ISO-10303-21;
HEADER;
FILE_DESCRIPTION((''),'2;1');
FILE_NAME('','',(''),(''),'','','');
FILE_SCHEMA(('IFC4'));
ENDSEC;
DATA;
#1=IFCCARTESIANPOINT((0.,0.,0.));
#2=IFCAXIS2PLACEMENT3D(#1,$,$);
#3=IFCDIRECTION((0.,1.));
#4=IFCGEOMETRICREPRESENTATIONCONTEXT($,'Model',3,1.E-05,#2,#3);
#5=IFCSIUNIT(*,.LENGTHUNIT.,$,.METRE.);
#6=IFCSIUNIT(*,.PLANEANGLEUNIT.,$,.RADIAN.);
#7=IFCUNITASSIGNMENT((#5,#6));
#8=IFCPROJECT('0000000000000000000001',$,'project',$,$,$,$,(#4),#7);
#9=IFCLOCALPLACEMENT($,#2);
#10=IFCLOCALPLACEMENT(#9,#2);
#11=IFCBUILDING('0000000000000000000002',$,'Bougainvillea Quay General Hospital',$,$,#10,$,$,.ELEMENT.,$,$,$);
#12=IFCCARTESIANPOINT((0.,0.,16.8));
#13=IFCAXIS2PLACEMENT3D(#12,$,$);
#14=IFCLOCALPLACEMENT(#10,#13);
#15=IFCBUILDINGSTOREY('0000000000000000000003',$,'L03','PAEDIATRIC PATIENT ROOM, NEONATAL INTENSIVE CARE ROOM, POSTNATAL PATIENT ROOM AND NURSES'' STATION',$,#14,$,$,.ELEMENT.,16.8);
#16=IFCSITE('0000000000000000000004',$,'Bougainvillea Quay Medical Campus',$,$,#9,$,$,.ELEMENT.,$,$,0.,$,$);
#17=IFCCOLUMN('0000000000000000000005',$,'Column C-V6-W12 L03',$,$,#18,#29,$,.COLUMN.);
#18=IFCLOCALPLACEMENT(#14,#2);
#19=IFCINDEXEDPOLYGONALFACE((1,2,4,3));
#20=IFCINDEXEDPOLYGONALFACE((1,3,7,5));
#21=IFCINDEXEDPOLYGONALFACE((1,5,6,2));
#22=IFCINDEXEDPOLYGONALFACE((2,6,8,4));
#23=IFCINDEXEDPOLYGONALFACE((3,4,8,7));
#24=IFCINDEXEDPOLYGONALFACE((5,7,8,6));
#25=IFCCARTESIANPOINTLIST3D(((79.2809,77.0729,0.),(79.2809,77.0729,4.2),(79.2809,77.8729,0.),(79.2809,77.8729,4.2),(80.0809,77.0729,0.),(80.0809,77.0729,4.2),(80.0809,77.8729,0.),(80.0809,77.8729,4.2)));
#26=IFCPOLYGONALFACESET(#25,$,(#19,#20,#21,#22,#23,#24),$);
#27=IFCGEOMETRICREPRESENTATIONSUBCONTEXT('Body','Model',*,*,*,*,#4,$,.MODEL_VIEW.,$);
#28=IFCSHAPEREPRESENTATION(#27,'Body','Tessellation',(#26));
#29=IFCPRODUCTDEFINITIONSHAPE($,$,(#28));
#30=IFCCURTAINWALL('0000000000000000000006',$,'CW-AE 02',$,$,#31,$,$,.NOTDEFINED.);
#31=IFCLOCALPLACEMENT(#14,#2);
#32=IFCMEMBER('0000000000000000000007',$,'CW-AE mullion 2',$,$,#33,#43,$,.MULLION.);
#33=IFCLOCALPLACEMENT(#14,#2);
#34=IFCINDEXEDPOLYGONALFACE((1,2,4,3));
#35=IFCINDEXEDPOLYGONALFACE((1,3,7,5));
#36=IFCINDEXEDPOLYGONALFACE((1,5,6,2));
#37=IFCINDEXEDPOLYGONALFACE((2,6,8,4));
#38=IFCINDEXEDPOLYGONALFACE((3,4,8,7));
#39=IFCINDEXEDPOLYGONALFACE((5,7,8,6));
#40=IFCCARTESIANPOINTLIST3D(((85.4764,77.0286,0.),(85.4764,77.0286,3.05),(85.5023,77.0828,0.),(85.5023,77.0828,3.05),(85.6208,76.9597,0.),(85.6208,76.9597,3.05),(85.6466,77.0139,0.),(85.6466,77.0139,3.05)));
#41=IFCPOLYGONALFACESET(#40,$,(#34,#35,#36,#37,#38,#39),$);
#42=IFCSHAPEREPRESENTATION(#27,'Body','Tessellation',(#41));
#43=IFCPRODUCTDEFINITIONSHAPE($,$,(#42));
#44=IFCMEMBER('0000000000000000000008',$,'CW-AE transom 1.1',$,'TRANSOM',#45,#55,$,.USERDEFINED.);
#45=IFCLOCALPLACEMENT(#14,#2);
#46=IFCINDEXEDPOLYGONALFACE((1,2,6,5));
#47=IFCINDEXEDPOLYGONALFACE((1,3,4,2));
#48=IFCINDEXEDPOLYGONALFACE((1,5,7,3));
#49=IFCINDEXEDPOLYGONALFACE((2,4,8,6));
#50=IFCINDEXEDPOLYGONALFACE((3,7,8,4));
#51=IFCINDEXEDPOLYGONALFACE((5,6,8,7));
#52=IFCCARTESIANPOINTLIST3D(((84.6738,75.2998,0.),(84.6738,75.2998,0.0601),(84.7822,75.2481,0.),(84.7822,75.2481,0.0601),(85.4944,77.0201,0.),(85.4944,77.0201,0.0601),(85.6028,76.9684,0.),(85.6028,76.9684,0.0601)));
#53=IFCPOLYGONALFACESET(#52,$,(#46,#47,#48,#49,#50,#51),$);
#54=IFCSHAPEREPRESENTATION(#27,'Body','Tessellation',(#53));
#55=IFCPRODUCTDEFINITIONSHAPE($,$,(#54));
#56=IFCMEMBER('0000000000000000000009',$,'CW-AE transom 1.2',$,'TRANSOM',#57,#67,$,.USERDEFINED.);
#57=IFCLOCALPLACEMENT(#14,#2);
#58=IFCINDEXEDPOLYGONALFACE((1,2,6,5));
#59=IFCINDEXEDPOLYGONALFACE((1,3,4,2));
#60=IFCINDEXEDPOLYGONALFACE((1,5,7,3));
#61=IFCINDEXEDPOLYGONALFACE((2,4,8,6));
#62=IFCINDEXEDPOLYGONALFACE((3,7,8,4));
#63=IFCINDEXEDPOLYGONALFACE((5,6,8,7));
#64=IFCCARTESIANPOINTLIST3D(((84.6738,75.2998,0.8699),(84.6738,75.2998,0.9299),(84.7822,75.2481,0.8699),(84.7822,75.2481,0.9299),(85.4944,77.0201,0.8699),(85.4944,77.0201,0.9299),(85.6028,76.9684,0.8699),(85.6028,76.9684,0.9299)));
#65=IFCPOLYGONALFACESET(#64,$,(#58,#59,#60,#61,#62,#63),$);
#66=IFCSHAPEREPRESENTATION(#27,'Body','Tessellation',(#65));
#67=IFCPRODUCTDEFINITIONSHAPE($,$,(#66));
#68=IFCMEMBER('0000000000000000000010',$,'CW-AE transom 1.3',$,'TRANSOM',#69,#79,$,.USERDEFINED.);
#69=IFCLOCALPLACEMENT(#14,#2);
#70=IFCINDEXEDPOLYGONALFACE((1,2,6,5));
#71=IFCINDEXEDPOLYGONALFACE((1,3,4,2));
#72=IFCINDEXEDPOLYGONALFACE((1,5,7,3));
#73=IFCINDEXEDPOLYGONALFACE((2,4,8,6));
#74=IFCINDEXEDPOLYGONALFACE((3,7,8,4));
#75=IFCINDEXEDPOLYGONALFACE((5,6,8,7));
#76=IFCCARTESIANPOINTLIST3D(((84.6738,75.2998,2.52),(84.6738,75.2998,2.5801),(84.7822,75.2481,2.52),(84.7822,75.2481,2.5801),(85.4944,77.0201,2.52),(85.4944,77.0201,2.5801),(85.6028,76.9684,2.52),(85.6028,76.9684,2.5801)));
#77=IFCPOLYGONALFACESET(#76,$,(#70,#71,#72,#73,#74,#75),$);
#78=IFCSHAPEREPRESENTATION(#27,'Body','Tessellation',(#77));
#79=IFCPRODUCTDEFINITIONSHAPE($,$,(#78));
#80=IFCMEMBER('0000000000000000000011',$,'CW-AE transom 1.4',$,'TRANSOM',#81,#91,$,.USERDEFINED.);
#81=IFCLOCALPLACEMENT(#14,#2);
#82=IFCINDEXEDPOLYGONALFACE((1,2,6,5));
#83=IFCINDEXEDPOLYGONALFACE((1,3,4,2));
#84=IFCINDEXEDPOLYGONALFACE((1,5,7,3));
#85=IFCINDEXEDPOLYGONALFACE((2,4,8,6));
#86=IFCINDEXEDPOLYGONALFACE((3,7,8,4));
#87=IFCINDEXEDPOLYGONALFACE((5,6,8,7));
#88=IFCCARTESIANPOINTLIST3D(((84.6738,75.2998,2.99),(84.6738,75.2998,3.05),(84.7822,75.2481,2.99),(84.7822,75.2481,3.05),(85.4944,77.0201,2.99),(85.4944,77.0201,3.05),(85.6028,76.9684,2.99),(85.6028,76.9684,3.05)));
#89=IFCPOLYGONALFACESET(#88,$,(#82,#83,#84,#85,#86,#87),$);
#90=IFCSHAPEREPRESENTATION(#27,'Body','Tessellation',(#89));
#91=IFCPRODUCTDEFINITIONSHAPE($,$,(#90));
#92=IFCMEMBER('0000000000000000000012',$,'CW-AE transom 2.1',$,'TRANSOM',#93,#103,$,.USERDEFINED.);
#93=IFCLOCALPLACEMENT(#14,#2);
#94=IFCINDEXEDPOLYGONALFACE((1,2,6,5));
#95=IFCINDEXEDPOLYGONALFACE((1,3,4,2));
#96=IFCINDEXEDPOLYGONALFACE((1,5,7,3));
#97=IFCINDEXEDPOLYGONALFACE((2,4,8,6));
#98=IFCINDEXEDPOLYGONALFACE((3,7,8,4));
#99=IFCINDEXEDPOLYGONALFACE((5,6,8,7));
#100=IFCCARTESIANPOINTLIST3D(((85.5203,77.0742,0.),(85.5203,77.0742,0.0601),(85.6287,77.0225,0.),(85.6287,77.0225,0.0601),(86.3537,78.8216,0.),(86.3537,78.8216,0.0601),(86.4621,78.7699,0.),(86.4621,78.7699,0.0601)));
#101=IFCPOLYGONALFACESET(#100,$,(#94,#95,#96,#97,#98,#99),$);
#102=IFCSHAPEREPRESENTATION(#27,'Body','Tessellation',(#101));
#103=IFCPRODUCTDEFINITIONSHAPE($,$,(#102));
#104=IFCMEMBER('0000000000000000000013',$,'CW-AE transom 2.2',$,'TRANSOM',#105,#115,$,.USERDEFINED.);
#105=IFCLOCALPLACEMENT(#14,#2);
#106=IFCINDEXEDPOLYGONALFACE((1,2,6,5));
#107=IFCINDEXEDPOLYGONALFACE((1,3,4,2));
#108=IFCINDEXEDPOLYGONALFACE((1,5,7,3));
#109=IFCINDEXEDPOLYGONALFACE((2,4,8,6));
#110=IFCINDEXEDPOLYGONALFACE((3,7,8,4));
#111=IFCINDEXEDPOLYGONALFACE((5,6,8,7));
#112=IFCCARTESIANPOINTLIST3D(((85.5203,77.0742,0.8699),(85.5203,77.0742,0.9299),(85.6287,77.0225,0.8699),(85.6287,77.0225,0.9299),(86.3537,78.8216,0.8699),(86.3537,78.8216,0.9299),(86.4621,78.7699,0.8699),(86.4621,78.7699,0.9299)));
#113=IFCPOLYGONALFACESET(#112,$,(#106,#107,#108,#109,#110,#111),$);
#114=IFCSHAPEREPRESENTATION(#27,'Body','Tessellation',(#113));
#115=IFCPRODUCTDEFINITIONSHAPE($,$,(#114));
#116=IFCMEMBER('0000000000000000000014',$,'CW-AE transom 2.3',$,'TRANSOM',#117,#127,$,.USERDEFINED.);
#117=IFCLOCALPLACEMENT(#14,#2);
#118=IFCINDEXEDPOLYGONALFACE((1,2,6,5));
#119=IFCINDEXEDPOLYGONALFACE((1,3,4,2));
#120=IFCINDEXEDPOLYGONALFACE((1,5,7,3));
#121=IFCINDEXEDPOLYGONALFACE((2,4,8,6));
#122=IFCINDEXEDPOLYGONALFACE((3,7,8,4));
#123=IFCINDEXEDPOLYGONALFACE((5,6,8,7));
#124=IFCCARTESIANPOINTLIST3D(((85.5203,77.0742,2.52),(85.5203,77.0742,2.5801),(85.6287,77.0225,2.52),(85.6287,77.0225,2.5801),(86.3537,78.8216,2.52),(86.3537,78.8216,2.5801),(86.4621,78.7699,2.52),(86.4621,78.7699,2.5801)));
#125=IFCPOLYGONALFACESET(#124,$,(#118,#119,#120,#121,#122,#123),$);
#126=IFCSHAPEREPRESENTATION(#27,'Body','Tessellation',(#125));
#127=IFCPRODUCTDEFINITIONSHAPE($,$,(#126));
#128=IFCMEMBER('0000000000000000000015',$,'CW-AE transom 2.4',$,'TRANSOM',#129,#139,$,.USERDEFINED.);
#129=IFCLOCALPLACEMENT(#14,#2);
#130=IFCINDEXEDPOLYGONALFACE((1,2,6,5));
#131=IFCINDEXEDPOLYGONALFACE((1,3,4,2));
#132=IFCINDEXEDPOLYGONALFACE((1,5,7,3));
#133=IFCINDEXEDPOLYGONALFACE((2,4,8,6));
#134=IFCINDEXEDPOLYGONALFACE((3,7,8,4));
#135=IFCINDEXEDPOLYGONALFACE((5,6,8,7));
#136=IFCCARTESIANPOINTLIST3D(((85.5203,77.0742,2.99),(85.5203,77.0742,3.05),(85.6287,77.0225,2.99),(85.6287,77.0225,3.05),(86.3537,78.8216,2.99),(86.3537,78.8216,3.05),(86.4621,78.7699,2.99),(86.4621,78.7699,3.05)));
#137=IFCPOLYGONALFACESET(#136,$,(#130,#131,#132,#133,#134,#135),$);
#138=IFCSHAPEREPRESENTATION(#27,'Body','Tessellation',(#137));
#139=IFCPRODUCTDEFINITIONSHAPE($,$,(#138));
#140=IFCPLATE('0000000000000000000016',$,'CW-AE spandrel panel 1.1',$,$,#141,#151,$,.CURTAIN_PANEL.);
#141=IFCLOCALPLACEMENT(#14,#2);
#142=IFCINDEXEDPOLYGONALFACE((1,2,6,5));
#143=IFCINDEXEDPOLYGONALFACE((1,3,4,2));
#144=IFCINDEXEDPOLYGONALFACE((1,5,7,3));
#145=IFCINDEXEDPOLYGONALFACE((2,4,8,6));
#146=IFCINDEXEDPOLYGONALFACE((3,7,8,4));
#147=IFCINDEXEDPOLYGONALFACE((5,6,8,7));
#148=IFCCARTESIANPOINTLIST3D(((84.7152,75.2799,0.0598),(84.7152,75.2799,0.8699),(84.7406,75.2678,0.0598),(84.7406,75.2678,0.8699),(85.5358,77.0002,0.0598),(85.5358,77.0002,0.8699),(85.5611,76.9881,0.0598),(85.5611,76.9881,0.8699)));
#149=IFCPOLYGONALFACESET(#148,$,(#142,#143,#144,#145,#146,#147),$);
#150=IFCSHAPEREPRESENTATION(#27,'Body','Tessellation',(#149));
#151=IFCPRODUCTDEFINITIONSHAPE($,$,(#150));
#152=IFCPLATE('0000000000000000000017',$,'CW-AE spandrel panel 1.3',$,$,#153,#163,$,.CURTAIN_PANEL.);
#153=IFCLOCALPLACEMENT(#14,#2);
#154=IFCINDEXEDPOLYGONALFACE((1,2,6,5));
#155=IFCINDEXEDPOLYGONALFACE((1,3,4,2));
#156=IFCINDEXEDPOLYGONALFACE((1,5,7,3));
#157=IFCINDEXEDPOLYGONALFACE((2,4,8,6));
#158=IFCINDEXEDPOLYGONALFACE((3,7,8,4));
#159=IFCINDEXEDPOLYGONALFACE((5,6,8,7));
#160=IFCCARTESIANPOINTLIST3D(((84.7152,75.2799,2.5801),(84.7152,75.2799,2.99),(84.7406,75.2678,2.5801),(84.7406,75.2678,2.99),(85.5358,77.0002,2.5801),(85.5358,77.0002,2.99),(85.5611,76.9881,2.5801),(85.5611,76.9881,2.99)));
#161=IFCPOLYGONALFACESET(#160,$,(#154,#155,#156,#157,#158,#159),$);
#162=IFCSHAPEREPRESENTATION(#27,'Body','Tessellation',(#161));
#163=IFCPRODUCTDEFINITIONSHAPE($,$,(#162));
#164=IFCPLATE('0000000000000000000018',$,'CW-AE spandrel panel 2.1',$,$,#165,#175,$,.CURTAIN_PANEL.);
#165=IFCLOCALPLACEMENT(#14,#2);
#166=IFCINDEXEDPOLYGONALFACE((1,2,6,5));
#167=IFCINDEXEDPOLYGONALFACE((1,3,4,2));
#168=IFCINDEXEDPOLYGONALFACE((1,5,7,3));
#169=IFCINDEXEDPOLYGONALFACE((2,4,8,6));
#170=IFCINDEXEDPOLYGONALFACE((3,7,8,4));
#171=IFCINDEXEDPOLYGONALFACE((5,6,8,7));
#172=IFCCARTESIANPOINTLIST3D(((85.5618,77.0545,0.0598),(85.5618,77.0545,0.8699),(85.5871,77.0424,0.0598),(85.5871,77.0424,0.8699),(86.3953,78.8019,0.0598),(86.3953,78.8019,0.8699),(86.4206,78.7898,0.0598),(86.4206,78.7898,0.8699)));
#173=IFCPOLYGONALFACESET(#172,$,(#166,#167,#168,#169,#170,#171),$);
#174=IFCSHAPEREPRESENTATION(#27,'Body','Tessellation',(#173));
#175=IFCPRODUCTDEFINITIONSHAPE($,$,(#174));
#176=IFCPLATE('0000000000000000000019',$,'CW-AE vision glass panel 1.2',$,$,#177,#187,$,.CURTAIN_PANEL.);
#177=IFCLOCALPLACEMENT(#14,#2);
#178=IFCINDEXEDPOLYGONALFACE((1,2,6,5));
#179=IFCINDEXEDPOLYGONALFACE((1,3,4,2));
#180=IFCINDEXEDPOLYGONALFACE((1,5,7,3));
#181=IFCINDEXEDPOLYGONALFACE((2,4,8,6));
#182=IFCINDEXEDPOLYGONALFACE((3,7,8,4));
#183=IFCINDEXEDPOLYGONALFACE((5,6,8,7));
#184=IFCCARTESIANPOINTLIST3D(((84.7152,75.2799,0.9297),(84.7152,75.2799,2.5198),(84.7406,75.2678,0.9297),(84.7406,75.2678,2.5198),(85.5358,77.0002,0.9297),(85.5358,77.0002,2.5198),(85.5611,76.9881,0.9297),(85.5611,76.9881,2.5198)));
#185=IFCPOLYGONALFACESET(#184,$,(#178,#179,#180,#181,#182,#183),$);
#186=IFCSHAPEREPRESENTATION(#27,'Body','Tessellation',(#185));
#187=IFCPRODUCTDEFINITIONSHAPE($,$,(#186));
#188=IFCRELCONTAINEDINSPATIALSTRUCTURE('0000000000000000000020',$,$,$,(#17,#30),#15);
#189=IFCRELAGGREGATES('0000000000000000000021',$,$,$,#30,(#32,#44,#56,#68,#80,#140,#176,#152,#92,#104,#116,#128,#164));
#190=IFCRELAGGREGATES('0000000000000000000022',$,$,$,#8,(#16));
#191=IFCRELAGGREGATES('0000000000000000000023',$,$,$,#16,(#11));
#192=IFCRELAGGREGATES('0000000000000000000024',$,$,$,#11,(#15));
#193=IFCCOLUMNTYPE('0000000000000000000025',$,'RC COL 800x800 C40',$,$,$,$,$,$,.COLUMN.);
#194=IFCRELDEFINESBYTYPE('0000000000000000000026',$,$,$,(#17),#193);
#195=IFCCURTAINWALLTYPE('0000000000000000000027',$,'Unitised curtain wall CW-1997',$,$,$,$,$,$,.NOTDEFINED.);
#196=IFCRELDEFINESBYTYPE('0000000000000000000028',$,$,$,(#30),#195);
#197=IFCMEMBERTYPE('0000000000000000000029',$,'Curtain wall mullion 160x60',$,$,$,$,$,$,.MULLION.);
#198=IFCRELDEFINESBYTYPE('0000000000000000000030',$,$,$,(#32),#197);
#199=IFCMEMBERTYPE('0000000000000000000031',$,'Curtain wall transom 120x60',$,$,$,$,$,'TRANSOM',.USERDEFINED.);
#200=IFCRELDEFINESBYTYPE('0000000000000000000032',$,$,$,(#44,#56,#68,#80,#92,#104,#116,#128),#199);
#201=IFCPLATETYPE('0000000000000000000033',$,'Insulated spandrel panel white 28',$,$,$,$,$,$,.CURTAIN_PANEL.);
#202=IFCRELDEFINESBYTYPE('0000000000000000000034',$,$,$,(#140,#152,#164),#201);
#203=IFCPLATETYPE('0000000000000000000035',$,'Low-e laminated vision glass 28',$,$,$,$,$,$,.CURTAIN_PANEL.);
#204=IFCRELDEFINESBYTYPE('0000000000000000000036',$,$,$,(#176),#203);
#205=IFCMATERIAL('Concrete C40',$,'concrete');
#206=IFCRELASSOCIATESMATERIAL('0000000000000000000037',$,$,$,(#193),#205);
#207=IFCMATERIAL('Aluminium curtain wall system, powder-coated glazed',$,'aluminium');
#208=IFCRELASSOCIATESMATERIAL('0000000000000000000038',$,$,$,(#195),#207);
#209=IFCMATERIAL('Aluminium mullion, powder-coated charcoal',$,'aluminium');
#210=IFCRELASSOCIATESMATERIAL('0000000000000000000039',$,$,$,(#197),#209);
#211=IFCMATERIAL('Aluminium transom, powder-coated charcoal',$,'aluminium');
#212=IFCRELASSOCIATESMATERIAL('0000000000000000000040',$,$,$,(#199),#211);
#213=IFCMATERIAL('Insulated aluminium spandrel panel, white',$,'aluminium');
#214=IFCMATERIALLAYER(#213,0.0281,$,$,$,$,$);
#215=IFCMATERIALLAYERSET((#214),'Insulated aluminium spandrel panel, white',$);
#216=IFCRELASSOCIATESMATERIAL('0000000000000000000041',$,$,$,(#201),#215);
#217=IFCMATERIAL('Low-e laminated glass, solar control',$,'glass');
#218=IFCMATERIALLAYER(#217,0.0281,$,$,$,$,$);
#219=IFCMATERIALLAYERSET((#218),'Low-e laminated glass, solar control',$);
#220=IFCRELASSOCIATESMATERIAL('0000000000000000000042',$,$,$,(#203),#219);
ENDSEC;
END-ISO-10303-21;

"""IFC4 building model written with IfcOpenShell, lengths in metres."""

from ifc_helpers import new_model, si_unit, direction, frame, origin, origin_2d, place, context, subcontext, project, spatial, rectangle, extrude, material, layer, layer_set, material_profile, profile_set, type_object, element, aggregate, save


model = new_model("IFC4")

# Units and contexts
model_context = context("Model", 3, precision=1e-05, world=origin(), true_north=direction((0.0, 1.0)))
body_context = subcontext(model_context, "Body", "Model", "MODEL_VIEW")
ifc_project = project(units=[si_unit("LENGTHUNIT", "METRE"), si_unit("PLANEANGLEUNIT", "RADIAN")], contexts=[model_context])

# Site, building, storey
site_placement = place(None, origin())
site = spatial("IfcSite", under=ifc_project, at=site_placement, Name="Bougainvillea Quay Medical Campus", CompositionType="ELEMENT", RefElevation=0.0)
building_placement = place(site_placement, origin())
building = spatial("IfcBuilding", under=site, at=building_placement, Name="Bougainvillea Quay General Hospital", CompositionType="ELEMENT")
storey_placement = place(building_placement, frame((0.0, 0.0, 16.8)))
storey = spatial("IfcBuildingStorey", under=building, at=storey_placement, Name="L03", Description="PAEDIATRIC PATIENT ROOM, NEONATAL INTENSIVE CARE ROOM, POSTNATAL PATIENT ROOM AND NURSES' STATION", CompositionType="ELEMENT", Elevation=16.8)

# Column
ifc_material_1 = material(Name="Concrete C40", Category="concrete")
ifc_material_profile_1 = material_profile(ifc_material_1, rectangle(XDim=0.8, YDim=0.8, at=origin_2d()))
ifc_profile_set_1 = profile_set([ifc_material_profile_1], Name="Concrete C40")
column_type = type_object("IfcColumnType", Name="RC COL 800x800 C40", PredefinedType="COLUMN", material=ifc_profile_set_1)
column_placement = place(storey_placement, frame((79.6809, 77.4729, 0.0), z_axis=(0.0, 0.0, 1.0), x_axis=(1.0, 0.0, 0.0)))
element("IfcColumn", 1, at=column_placement, inside=storey, type_object=column_type, Name="Column C-V6-W12 L03", PredefinedType="COLUMN", context=body_context, shape_type="SweptSolid", body=[
    extrude(rectangle(XDim=0.8, YDim=0.8, at=origin_2d()), origin(), (0.0, 0.0, 1.0), 4.2),
])

# Curtain wall, members, plates
ifc_material_2 = material(Name="Aluminium curtain wall system, powder-coated glazed", Category="aluminium")
curtain_wall_type = type_object("IfcCurtainWallType", Name="Unitised curtain wall CW-1997", PredefinedType="NOTDEFINED", material=ifc_material_2)
curtain_wall_placement = place(storey_placement, origin())
curtain_wall = element("IfcCurtainWall", 2, at=curtain_wall_placement, inside=storey, type_object=curtain_wall_type, Name="CW-AE 02", PredefinedType="NOTDEFINED")
ifc_material_3 = material(Name="Aluminium mullion, powder-coated charcoal", Category="aluminium")
ifc_material_profile_2 = material_profile(ifc_material_3, rectangle(XDim=0.1599, YDim=0.0601, at=origin_2d()))
ifc_profile_set_2 = profile_set([ifc_material_profile_2], Name="Aluminium mullion, powder-coated charcoal")
member_type_1 = type_object("IfcMemberType", Name="Curtain wall mullion 160x60", PredefinedType="MULLION", material=ifc_profile_set_2)
member_1_placement = place(storey_placement, frame((85.5615, 77.0212, 0.0), z_axis=(0.0, 0.0, 1.0), x_axis=(-0.902578, 0.430525, 0.0)))
member_1 = element("IfcMember", 3, at=member_1_placement, type_object=member_type_1, Name="CW-AE mullion 2", PredefinedType="MULLION", context=body_context, shape_type="SweptSolid", body=[
    extrude(rectangle(XDim=0.1599, YDim=0.0601, at=origin_2d()), origin(), (0.0, 0.0, 1.0), 3.05),
])
ifc_material_4 = material(Name="Aluminium transom, powder-coated charcoal", Category="aluminium")
ifc_material_profile_3 = material_profile(ifc_material_4, rectangle(XDim=0.1201, YDim=0.0601, at=origin_2d()))
ifc_profile_set_3 = profile_set([ifc_material_profile_3], Name="Aluminium transom, powder-coated charcoal")
member_type_2 = type_object("IfcMemberType", Name="Curtain wall transom 120x60", ElementType="TRANSOM", PredefinedType="USERDEFINED", material=ifc_profile_set_3)
member_2_placement = place(storey_placement, frame((84.728, 75.2739, 0.03), z_axis=(0.430535, 0.902574, 0.0), x_axis=(-0.902574, 0.430535, 0.0)))
member_2 = element("IfcMember", 4, at=member_2_placement, type_object=member_type_2, Name="CW-AE transom 1.1", ObjectType="TRANSOM", PredefinedType="USERDEFINED", context=body_context, shape_type="SweptSolid", body=[
    extrude(rectangle(XDim=0.1201, YDim=0.0601, at=origin_2d()), origin(), (0.0, 0.0, 1.0), 1.906),
])
member_3_placement = place(storey_placement, frame((84.728, 75.2739, 0.8999), z_axis=(0.430535, 0.902574, 0.0), x_axis=(-0.902574, 0.430535, 0.0)))
member_3 = element("IfcMember", 5, at=member_3_placement, type_object=member_type_2, Name="CW-AE transom 1.2", ObjectType="TRANSOM", PredefinedType="USERDEFINED", context=body_context, shape_type="SweptSolid", body=[
    extrude(rectangle(XDim=0.1201, YDim=0.0601, at=origin_2d()), origin(), (0.0, 0.0, 1.0), 1.906),
])
member_4_placement = place(storey_placement, frame((84.728, 75.2739, 2.55), z_axis=(0.430535, 0.902574, 0.0), x_axis=(-0.902574, 0.430535, 0.0)))
member_4 = element("IfcMember", 6, at=member_4_placement, type_object=member_type_2, Name="CW-AE transom 1.3", ObjectType="TRANSOM", PredefinedType="USERDEFINED", context=body_context, shape_type="SweptSolid", body=[
    extrude(rectangle(XDim=0.1201, YDim=0.0601, at=origin_2d()), origin(), (0.0, 0.0, 1.0), 1.906),
])
member_5_placement = place(storey_placement, frame((84.728, 75.2739, 3.02), z_axis=(0.430535, 0.902574, 0.0), x_axis=(-0.902574, 0.430535, 0.0)))
member_5 = element("IfcMember", 7, at=member_5_placement, type_object=member_type_2, Name="CW-AE transom 1.4", ObjectType="TRANSOM", PredefinedType="USERDEFINED", context=body_context, shape_type="SweptSolid", body=[
    extrude(rectangle(XDim=0.1201, YDim=0.0601, at=origin_2d()), origin(), (0.0, 0.0, 1.0), 1.906),
])
member_6_placement = place(storey_placement, frame((85.5745, 77.0483, 0.03), z_axis=(0.430491, 0.902595, 0.0), x_axis=(-0.902595, 0.430491, 0.0)))
member_6 = element("IfcMember", 8, at=member_6_placement, type_object=member_type_2, Name="CW-AE transom 2.1", ObjectType="TRANSOM", PredefinedType="USERDEFINED", context=body_context, shape_type="SweptSolid", body=[
    extrude(rectangle(XDim=0.1201, YDim=0.0601, at=origin_2d()), origin(), (0.0, 0.0, 1.0), 1.936),
])
member_7_placement = place(storey_placement, frame((85.5745, 77.0483, 0.8999), z_axis=(0.430491, 0.902595, 0.0), x_axis=(-0.902595, 0.430491, 0.0)))
member_7 = element("IfcMember", 9, at=member_7_placement, type_object=member_type_2, Name="CW-AE transom 2.2", ObjectType="TRANSOM", PredefinedType="USERDEFINED", context=body_context, shape_type="SweptSolid", body=[
    extrude(rectangle(XDim=0.1201, YDim=0.0601, at=origin_2d()), origin(), (0.0, 0.0, 1.0), 1.936),
])
member_8_placement = place(storey_placement, frame((85.5745, 77.0483, 2.55), z_axis=(0.430491, 0.902595, 0.0), x_axis=(-0.902595, 0.430491, 0.0)))
member_8 = element("IfcMember", 10, at=member_8_placement, type_object=member_type_2, Name="CW-AE transom 2.3", ObjectType="TRANSOM", PredefinedType="USERDEFINED", context=body_context, shape_type="SweptSolid", body=[
    extrude(rectangle(XDim=0.1201, YDim=0.0601, at=origin_2d()), origin(), (0.0, 0.0, 1.0), 1.936),
])
member_9_placement = place(storey_placement, frame((85.5745, 77.0483, 3.02), z_axis=(0.430491, 0.902595, 0.0), x_axis=(-0.902595, 0.430491, 0.0)))
member_9 = element("IfcMember", 11, at=member_9_placement, type_object=member_type_2, Name="CW-AE transom 2.4", ObjectType="TRANSOM", PredefinedType="USERDEFINED", context=body_context, shape_type="SweptSolid", body=[
    extrude(rectangle(XDim=0.1201, YDim=0.0601, at=origin_2d()), origin(), (0.0, 0.0, 1.0), 1.936),
])
ifc_material_5 = material(Name="Insulated aluminium spandrel panel, white", Category="aluminium")
ifc_layer_1 = layer(ifc_material_5, 0.0281)
ifc_layer_set_1 = layer_set([ifc_layer_1], Name="Insulated aluminium spandrel panel, white")
plate_type_1 = type_object("IfcPlateType", Name="Insulated spandrel panel white 28", PredefinedType="CURTAIN_PANEL", material=ifc_layer_set_1)
plate_1_placement = place(storey_placement, frame((85.1382, 76.134, 0.0598), z_axis=(0.0, 0.0, 1.0), x_axis=(0.430525, 0.902578, 0.0)))
plate_1 = element("IfcPlate", 12, at=plate_1_placement, type_object=plate_type_1, Name="CW-AE spandrel panel 1.1", PredefinedType="CURTAIN_PANEL", context=body_context, shape_type="SweptSolid", body=[
    extrude(rectangle(XDim=1.906, YDim=0.0281, at=origin_2d()), origin(), (0.0, 0.0, 1.0), 0.8101),
])
plate_2_placement = place(storey_placement, frame((85.1382, 76.134, 2.5801), z_axis=(0.0, 0.0, 1.0), x_axis=(0.430525, 0.902578, 0.0)))
plate_2 = element("IfcPlate", 13, at=plate_2_placement, type_object=plate_type_1, Name="CW-AE spandrel panel 1.3", PredefinedType="CURTAIN_PANEL", context=body_context, shape_type="SweptSolid", body=[
    extrude(rectangle(XDim=1.906, YDim=0.0281, at=origin_2d()), origin(), (0.0, 0.0, 1.0), 0.4099),
])
plate_3_placement = place(storey_placement, frame((85.9912, 77.9221, 0.0598), z_axis=(0.0, 0.0, 1.0), x_axis=(0.430525, 0.902578, 0.0)))
plate_3 = element("IfcPlate", 14, at=plate_3_placement, type_object=plate_type_1, Name="CW-AE spandrel panel 2.1", PredefinedType="CURTAIN_PANEL", context=body_context, shape_type="SweptSolid", body=[
    extrude(rectangle(XDim=1.936, YDim=0.0281, at=origin_2d()), origin(), (0.0, 0.0, 1.0), 0.8101),
])
ifc_material_6 = material(Name="Low-e laminated glass, solar control", Category="glass")
ifc_layer_2 = layer(ifc_material_6, 0.0281)
ifc_layer_set_2 = layer_set([ifc_layer_2], Name="Low-e laminated glass, solar control")
plate_type_2 = type_object("IfcPlateType", Name="Low-e laminated vision glass 28", PredefinedType="CURTAIN_PANEL", material=ifc_layer_set_2)
plate_4_placement = place(storey_placement, frame((85.1382, 76.134, 0.9297), z_axis=(0.0, 0.0, 1.0), x_axis=(0.430525, 0.902578, 0.0)))
plate_4 = element("IfcPlate", 15, at=plate_4_placement, type_object=plate_type_2, Name="CW-AE vision glass panel 1.2", PredefinedType="CURTAIN_PANEL", context=body_context, shape_type="SweptSolid", body=[
    extrude(rectangle(XDim=1.906, YDim=0.0281, at=origin_2d()), origin(), (0.0, 0.0, 1.0), 1.5901),
])
aggregate(curtain_wall, [member_1, member_2, member_3, member_4, member_5, plate_1, plate_4, plate_2, member_6, member_7, member_8, member_9, plate_3])

save(model, "model.ifc")
